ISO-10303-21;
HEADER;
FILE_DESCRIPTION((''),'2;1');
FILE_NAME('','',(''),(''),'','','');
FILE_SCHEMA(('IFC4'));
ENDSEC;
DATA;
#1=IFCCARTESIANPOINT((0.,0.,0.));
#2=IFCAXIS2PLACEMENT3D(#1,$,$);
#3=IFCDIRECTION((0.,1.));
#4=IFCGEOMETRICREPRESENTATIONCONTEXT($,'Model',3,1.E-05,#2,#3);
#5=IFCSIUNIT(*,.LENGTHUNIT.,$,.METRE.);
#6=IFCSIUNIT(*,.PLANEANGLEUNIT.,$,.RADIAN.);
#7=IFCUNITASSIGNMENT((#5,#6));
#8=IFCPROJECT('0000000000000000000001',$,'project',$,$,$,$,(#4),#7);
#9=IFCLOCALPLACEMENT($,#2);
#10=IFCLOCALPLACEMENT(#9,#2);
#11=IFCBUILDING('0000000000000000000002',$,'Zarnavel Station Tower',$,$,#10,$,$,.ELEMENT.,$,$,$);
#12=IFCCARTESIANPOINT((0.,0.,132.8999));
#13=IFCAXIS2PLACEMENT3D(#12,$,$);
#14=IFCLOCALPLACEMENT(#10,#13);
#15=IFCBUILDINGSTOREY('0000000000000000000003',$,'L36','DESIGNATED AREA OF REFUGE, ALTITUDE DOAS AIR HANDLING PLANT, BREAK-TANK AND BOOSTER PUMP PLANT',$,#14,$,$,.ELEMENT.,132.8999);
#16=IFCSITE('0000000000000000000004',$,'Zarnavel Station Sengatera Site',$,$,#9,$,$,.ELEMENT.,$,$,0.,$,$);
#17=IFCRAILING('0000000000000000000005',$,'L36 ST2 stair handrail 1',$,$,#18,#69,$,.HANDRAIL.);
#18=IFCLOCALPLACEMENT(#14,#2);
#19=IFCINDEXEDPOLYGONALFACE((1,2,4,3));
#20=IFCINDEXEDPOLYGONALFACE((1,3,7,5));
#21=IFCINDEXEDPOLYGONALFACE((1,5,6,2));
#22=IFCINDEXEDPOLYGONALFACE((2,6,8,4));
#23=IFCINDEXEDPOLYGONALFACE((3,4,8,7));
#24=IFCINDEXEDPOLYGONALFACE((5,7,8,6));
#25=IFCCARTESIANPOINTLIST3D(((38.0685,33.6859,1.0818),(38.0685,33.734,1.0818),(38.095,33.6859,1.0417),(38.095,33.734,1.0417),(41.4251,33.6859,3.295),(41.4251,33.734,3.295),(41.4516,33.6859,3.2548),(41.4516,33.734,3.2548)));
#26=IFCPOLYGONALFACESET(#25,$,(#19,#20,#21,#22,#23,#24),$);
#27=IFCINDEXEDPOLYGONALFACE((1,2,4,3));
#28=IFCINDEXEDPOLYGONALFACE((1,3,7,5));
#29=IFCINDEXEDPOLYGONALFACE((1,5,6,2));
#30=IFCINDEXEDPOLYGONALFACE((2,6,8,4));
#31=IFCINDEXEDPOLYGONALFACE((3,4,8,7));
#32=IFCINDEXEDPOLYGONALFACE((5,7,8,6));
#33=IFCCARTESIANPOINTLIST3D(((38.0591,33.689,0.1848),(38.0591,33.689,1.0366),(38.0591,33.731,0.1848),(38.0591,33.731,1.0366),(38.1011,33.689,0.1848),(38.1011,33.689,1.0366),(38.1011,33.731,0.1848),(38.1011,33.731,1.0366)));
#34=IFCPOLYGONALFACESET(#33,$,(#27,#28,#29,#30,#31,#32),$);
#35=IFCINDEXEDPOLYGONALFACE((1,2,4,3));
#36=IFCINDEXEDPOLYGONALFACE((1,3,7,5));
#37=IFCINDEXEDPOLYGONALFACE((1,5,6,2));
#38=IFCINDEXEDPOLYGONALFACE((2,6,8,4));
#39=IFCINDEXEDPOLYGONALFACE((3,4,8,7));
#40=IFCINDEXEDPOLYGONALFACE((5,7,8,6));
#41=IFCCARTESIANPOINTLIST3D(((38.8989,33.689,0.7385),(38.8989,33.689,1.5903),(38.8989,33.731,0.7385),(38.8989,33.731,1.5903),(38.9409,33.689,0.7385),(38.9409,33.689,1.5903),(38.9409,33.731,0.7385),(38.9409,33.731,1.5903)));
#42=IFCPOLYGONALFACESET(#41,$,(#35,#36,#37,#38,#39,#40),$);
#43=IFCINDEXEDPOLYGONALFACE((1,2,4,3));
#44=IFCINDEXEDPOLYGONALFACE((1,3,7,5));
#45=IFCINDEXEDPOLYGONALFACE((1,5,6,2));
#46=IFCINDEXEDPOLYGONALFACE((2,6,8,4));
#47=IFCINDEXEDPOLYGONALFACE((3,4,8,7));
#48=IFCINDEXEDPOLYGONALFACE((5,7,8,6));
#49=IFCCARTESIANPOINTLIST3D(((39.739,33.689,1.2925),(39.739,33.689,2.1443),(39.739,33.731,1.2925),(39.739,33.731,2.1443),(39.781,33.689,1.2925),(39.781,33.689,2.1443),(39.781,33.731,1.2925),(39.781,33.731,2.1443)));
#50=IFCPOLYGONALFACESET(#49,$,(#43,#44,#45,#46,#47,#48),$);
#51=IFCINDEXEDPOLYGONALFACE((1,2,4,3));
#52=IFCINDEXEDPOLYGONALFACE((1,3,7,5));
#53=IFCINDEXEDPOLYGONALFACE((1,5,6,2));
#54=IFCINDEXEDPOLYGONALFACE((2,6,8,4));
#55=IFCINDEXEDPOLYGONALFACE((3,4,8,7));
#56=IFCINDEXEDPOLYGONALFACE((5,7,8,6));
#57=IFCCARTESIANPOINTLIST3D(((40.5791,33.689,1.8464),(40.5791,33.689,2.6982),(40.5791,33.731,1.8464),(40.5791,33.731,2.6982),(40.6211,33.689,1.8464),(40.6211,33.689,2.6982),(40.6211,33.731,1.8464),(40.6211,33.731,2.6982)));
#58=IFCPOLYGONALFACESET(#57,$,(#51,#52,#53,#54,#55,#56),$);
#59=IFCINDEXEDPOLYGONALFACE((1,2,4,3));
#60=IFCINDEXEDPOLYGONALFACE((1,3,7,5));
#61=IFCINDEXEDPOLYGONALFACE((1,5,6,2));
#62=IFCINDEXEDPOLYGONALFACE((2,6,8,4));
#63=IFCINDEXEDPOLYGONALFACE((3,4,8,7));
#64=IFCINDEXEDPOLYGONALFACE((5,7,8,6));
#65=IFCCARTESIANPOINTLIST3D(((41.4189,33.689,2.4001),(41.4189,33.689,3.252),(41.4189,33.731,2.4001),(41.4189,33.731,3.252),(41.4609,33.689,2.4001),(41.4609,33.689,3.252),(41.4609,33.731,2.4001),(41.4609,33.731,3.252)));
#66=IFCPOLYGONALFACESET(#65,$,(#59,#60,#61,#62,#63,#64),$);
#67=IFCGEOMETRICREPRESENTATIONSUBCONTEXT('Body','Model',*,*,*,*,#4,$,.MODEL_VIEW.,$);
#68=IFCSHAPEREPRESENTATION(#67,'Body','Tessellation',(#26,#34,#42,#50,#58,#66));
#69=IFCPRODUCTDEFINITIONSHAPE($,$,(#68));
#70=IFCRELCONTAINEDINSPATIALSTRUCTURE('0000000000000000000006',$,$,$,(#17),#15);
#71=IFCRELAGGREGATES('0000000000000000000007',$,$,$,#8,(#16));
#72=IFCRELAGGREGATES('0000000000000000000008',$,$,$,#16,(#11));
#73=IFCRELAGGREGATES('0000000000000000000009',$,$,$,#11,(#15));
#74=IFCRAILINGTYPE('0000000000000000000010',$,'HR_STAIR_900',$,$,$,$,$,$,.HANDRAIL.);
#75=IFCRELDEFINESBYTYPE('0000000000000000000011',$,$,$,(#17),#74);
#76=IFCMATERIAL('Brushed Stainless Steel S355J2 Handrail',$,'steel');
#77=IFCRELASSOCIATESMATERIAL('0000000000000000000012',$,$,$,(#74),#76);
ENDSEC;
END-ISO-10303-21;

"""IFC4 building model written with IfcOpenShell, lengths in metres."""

from ifc_helpers import new_model, si_unit, direction, frame, origin, origin_2d, place, context, subcontext, project, spatial, rectangle, extrude, material, type_object, element, save


model = new_model("IFC4")

# Units and contexts
model_context = context("Model", 3, precision=1e-05, world=origin(), true_north=direction((0.0, 1.0)))
body_context = subcontext(model_context, "Body", "Model", "MODEL_VIEW")
ifc_project = project(units=[si_unit("LENGTHUNIT", "METRE"), si_unit("PLANEANGLEUNIT", "RADIAN")], contexts=[model_context])

# Site, building, storey
site_placement = place(None, origin())
site = spatial("IfcSite", under=ifc_project, at=site_placement, Name="Zarnavel Station Sengatera Site", CompositionType="ELEMENT", RefElevation=0.0)
building_placement = place(site_placement, origin())
building = spatial("IfcBuilding", under=site, at=building_placement, Name="Zarnavel Station Tower", CompositionType="ELEMENT")
storey_placement = place(building_placement, frame((0.0, 0.0, 132.8999)))
storey = spatial("IfcBuildingStorey", under=building, at=storey_placement, Name="L36", Description="DESIGNATED AREA OF REFUGE, ALTITUDE DOAS AIR HANDLING PLANT, BREAK-TANK AND BOOSTER PUMP PLANT", CompositionType="ELEMENT", Elevation=132.8999)

# Railing
ifc_material_1 = material(Name="Brushed Stainless Steel S355J2 Handrail", Category="steel")
railing_type_1 = type_object("IfcRailingType", Name="HR_STAIR_900", PredefinedType="HANDRAIL", material=ifc_material_1)
railing_1_placement = place(storey_placement, frame((38.0801, 33.71, 0.1848)))
element("IfcRailing", 1, at=railing_1_placement, inside=storey, type_object=railing_type_1, Name="L36 ST2 stair handrail 1", PredefinedType="HANDRAIL", context=body_context, shape_type="SweptSolid", body=[
    extrude(rectangle(XDim=0.0481, YDim=0.0481, at=origin_2d()), frame((0.0017, 0.0, 0.877), z_axis=(0.834858, 0.0, 0.550465), x_axis=(0.0, 1.0, 0.0)), (0.0, 0.0, 1.0), 4.0205),
    extrude(rectangle(XDim=0.042, YDim=0.042, at=origin_2d()), origin(), (0.0, 0.0, 1.0), 0.8518),
    extrude(rectangle(XDim=0.042, YDim=0.042, at=origin_2d()), frame((0.8398, 0.0, 0.5537)), (0.0, 0.0, 1.0), 0.8518),
    extrude(rectangle(XDim=0.042, YDim=0.042, at=origin_2d()), frame((1.6799, 0.0, 1.1077)), (0.0, 0.0, 1.0), 0.8518),
    extrude(rectangle(XDim=0.042, YDim=0.042, at=origin_2d()), frame((2.52, 0.0, 1.6616)), (0.0, 0.0, 1.0), 0.8518),
    extrude(rectangle(XDim=0.042, YDim=0.042, at=origin_2d()), frame((3.3599, 0.0, 2.2153)), (0.0, 0.0, 1.0), 0.8518),
])

save(model, "model.ifc")
